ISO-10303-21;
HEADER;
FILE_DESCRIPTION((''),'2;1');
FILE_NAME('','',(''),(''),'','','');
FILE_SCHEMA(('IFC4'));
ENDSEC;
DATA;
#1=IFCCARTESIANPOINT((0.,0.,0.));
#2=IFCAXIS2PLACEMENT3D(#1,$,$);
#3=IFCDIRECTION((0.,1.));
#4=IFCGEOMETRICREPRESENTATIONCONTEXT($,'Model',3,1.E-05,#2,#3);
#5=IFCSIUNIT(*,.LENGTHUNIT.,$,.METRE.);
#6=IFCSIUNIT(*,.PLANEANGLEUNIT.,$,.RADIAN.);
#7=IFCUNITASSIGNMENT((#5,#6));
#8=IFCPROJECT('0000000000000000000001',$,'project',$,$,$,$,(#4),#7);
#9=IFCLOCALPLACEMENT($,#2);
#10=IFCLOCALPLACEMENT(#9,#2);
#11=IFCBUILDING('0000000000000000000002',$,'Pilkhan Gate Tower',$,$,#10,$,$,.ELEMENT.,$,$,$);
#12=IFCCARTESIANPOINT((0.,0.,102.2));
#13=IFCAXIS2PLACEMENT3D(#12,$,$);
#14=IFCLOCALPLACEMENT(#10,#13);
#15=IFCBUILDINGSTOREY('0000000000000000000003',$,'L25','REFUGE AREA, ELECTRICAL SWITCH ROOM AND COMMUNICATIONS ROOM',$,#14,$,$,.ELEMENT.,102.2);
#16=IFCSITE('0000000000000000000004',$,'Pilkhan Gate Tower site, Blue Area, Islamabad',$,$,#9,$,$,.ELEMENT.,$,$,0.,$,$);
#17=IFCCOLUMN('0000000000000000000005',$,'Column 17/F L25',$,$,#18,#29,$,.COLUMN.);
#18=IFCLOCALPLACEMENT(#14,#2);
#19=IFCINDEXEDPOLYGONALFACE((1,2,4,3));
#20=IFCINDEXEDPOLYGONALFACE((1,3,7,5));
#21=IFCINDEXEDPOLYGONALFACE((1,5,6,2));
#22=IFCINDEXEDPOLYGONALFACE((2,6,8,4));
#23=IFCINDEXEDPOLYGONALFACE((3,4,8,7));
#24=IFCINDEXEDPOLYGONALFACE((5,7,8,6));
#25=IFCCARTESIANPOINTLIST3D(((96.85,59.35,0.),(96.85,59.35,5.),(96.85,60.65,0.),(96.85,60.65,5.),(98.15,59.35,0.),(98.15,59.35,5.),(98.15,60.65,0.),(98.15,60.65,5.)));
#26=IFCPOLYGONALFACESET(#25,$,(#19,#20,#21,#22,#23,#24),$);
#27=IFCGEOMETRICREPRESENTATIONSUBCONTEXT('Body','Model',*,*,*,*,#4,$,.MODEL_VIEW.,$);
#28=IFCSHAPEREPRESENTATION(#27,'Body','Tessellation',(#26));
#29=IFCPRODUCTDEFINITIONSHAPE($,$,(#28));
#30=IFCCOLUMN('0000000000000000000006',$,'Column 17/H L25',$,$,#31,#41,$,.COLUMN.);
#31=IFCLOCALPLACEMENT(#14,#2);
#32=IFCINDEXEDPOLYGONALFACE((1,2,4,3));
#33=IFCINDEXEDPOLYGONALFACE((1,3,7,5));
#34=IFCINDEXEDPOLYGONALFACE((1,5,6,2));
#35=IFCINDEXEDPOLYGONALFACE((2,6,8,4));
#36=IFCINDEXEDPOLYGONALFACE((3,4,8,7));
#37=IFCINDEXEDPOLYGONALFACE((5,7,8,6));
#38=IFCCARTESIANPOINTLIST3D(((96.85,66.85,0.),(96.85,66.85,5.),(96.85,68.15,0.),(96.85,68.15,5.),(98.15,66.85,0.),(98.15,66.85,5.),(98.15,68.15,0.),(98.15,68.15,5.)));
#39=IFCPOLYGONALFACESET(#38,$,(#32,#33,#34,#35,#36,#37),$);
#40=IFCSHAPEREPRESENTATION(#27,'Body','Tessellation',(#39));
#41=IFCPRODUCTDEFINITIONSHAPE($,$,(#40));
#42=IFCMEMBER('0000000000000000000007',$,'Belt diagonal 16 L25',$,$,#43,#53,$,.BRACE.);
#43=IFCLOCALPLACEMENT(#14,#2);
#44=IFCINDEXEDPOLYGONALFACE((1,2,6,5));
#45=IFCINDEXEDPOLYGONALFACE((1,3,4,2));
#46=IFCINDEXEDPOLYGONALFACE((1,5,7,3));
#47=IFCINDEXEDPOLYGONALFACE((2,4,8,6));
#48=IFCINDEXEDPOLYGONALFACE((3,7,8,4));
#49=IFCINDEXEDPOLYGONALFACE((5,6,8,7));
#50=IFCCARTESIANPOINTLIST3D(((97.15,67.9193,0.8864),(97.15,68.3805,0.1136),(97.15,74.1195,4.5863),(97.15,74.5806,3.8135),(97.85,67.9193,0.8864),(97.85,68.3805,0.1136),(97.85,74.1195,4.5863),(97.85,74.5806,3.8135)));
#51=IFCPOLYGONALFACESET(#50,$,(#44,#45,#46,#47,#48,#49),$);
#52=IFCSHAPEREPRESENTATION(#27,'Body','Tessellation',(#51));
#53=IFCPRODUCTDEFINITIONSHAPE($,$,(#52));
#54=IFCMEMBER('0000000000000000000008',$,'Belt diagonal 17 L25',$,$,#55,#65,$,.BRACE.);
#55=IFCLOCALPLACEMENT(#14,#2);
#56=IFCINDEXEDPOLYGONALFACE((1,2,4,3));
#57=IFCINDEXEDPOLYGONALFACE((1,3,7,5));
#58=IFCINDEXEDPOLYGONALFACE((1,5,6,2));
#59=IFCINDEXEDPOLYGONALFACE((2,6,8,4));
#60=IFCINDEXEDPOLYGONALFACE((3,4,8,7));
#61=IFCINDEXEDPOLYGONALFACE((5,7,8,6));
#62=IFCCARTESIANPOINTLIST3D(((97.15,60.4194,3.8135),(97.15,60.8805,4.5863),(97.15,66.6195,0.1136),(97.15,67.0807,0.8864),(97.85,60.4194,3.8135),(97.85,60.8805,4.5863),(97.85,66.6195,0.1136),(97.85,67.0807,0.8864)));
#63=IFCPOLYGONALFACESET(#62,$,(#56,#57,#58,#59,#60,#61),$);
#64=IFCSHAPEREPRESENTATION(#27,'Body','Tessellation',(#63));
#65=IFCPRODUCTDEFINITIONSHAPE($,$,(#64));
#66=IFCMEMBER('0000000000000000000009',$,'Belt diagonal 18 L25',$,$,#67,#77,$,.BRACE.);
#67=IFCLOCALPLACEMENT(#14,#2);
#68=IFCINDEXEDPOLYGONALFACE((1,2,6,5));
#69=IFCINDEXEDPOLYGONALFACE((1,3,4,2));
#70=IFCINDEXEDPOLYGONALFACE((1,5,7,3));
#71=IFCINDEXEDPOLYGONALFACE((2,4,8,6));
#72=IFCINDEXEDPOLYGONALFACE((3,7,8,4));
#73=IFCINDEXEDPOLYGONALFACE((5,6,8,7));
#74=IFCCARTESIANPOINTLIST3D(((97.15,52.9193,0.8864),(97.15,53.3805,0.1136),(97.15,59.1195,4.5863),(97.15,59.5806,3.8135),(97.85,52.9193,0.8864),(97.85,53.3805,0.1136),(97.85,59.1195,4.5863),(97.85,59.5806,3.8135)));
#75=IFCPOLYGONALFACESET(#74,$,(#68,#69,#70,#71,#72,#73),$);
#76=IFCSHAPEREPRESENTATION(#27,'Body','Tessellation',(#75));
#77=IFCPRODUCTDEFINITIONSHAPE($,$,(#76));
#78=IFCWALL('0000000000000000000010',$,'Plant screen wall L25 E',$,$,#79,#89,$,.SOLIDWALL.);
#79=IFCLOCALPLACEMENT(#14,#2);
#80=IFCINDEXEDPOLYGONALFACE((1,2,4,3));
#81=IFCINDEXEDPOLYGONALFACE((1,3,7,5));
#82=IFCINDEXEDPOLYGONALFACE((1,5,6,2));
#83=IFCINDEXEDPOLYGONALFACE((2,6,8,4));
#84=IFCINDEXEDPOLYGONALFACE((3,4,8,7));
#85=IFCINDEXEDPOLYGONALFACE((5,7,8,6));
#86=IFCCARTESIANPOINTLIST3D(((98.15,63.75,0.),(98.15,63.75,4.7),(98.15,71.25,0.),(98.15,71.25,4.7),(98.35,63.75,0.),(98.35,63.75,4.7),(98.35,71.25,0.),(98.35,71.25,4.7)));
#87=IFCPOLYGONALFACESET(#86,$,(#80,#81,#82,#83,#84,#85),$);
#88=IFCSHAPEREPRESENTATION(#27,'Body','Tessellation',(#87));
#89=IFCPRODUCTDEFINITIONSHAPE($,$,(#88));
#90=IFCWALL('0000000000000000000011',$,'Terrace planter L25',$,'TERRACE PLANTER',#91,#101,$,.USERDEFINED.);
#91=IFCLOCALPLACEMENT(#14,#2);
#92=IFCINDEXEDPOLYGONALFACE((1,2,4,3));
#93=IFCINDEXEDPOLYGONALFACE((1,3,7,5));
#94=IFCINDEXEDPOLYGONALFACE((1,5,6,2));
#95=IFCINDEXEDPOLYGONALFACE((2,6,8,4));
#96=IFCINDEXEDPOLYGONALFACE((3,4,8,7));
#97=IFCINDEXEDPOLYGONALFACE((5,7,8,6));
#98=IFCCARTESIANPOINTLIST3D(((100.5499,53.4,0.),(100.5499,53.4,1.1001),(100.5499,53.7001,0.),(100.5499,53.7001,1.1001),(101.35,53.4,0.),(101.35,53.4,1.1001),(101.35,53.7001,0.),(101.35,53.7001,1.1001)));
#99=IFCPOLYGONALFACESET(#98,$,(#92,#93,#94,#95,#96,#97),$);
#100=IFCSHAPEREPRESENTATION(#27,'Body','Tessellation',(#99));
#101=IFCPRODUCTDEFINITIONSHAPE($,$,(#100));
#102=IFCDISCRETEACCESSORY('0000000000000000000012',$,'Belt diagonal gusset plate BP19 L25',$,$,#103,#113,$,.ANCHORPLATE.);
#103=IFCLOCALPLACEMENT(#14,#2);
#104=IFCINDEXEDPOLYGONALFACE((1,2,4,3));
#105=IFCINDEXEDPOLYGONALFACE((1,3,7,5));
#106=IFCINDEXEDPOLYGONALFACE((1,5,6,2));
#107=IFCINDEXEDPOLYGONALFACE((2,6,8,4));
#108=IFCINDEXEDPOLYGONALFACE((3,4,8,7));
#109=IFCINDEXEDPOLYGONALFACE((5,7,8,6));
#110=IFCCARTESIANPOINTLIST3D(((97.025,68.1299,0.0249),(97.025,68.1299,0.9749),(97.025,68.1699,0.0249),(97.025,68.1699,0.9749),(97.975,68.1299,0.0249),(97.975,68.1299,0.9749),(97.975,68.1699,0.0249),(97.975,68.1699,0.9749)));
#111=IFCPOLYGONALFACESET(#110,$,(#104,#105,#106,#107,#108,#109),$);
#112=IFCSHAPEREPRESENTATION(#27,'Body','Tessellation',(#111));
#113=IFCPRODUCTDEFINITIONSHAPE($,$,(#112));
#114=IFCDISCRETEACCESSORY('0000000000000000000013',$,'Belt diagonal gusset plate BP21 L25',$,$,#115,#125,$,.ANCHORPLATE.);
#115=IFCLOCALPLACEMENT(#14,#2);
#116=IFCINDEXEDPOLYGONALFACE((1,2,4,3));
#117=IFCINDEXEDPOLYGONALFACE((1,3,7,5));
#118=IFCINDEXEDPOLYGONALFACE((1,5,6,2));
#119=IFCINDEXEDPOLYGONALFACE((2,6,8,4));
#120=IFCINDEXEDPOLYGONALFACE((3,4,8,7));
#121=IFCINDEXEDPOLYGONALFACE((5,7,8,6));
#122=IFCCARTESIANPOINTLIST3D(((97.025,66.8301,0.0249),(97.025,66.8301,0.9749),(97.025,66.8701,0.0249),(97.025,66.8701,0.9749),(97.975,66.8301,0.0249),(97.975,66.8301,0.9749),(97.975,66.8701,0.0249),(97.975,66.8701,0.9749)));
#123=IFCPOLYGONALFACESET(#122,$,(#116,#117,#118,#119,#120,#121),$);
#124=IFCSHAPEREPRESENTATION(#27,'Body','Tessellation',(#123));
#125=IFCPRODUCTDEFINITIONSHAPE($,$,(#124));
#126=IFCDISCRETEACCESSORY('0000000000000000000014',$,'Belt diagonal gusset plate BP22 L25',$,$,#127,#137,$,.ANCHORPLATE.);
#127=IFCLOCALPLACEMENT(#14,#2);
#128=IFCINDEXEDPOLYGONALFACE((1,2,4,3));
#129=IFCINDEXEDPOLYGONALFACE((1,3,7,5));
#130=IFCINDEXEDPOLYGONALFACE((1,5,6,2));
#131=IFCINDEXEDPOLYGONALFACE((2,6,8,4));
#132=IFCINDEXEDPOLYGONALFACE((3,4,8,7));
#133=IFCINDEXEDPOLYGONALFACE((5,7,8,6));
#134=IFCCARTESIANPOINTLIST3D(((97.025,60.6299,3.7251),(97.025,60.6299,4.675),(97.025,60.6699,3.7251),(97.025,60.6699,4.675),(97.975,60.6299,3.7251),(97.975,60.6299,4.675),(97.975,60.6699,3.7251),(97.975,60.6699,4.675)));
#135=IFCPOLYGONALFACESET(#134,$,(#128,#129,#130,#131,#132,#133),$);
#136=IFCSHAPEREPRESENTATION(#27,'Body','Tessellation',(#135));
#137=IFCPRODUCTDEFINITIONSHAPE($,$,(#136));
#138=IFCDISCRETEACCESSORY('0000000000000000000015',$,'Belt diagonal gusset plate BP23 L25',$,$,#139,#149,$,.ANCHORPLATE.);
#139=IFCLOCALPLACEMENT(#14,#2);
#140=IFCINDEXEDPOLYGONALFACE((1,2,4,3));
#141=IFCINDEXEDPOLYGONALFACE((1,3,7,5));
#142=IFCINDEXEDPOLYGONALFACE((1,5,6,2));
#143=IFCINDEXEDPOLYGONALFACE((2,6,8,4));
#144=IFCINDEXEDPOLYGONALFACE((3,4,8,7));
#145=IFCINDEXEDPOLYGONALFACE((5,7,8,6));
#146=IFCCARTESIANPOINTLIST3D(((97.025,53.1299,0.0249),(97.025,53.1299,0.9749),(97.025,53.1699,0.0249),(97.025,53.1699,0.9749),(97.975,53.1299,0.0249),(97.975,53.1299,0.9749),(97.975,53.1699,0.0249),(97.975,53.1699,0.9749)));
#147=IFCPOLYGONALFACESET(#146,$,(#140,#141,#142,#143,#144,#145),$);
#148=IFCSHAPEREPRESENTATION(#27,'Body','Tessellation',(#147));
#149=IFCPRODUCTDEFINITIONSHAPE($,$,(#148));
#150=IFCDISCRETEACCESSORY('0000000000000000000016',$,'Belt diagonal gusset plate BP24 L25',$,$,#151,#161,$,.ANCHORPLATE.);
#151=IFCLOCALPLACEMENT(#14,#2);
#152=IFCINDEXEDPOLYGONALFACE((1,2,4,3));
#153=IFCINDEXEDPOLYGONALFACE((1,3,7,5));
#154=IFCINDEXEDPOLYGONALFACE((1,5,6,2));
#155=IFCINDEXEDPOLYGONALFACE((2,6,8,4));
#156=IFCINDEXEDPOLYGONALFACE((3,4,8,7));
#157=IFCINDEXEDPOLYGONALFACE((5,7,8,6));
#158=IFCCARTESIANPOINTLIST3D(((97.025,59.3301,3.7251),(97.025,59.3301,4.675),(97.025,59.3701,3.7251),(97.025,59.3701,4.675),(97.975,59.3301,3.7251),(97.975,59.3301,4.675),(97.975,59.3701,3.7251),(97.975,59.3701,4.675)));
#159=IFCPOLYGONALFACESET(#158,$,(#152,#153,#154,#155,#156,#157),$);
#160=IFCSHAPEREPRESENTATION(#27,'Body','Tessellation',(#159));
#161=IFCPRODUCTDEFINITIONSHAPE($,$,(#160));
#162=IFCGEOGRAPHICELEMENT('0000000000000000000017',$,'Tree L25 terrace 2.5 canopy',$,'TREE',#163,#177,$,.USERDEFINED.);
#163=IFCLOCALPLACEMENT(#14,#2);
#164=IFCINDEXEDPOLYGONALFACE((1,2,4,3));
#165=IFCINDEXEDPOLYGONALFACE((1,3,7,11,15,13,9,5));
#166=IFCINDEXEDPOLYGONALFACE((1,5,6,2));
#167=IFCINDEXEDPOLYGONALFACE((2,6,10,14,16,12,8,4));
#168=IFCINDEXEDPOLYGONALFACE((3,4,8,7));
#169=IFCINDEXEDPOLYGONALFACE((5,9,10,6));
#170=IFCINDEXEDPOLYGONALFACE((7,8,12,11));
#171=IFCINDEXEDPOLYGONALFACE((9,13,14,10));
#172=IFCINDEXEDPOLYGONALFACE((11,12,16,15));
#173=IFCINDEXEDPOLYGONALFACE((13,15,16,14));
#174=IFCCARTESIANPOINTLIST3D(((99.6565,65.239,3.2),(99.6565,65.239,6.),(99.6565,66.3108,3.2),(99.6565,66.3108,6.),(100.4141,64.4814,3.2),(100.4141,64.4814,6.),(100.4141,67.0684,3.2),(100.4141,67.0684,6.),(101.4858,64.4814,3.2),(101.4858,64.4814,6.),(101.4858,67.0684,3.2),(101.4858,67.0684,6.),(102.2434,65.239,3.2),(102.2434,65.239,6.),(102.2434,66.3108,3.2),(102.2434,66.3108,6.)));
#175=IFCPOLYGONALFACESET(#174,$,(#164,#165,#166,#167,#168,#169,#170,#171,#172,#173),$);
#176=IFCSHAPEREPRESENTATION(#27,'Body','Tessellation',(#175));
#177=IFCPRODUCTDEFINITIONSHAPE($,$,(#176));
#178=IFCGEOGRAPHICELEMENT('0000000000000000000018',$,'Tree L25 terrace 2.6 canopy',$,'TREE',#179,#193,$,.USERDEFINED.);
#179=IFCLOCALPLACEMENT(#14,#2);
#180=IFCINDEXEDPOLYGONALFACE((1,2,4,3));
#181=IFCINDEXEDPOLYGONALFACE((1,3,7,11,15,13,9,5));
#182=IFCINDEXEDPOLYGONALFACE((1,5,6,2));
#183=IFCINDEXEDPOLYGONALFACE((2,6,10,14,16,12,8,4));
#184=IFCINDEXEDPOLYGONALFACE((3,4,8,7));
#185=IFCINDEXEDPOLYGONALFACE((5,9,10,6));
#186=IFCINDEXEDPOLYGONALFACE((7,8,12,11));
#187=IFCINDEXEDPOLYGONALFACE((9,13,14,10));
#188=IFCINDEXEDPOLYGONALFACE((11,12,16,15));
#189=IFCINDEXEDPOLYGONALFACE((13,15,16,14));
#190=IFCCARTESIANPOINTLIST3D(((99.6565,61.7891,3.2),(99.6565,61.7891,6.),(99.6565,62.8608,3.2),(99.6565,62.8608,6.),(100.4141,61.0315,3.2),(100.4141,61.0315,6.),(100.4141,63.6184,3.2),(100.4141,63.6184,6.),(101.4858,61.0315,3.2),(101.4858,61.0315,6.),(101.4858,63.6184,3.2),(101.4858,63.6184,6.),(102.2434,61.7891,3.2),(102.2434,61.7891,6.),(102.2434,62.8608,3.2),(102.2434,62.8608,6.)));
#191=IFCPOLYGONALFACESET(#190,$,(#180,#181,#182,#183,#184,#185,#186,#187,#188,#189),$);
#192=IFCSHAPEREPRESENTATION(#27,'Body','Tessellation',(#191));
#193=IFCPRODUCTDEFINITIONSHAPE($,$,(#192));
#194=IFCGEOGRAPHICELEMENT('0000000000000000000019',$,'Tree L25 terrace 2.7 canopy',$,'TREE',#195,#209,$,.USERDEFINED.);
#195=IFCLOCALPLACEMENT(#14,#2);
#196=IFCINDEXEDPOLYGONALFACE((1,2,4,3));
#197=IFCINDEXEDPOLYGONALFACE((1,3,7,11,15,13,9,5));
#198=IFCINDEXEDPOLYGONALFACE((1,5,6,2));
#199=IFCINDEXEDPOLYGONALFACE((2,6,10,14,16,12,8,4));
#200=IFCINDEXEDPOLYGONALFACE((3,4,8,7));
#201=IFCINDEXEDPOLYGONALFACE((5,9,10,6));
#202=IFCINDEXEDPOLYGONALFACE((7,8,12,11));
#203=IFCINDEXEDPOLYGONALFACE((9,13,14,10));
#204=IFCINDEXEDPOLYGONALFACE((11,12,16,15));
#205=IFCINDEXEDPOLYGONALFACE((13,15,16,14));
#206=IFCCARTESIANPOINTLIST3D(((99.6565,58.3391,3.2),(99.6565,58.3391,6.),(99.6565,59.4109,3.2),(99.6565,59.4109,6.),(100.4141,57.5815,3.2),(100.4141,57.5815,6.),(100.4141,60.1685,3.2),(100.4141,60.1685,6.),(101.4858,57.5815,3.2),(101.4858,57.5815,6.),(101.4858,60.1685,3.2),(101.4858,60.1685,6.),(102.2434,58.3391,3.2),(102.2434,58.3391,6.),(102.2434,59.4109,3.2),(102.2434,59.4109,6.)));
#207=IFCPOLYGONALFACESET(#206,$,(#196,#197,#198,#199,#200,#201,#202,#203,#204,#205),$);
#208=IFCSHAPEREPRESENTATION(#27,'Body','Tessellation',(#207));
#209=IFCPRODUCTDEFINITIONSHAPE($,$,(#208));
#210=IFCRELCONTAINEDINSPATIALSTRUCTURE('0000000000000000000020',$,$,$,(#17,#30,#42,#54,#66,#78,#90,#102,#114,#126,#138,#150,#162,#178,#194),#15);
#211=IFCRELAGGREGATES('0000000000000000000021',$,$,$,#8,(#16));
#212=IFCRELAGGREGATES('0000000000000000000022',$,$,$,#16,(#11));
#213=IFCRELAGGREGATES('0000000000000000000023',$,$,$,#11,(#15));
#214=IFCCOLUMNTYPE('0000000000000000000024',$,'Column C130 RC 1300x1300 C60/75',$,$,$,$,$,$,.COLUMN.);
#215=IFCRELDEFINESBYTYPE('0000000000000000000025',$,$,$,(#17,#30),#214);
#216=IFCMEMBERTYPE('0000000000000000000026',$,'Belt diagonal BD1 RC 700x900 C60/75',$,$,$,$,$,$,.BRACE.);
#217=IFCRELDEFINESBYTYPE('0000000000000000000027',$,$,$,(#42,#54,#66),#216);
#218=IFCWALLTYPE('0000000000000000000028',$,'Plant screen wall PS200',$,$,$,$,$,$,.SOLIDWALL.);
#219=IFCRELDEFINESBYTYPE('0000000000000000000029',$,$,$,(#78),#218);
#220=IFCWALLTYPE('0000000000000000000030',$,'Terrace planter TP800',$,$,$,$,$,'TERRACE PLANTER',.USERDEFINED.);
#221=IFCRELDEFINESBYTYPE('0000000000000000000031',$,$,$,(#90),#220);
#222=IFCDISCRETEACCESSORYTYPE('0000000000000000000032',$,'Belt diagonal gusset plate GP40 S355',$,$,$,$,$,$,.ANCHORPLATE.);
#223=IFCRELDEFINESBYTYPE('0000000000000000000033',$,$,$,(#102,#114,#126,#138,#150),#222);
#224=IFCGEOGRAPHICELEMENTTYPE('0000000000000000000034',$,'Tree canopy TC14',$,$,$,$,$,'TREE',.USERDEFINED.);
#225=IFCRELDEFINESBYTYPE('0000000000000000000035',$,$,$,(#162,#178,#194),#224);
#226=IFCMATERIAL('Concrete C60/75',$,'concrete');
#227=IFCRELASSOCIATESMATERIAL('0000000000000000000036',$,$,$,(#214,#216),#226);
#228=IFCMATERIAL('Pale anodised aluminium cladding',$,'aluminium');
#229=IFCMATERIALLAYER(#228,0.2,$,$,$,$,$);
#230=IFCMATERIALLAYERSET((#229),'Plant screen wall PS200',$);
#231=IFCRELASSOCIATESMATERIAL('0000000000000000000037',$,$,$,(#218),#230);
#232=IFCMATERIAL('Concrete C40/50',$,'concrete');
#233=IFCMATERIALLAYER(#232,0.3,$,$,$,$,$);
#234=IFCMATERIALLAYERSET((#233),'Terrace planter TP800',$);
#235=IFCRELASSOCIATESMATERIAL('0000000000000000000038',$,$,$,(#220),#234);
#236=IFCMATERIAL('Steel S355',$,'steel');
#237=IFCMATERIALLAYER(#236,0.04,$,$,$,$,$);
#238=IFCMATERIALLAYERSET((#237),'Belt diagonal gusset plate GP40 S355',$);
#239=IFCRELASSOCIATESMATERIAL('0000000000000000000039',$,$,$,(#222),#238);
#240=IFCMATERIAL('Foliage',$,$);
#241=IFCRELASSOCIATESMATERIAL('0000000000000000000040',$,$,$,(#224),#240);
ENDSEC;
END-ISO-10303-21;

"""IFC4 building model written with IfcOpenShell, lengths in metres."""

from ifc_helpers import new_model, si_unit, direction, frame, frame_2d, origin, origin_2d, place, context, subcontext, project, spatial, polyline, rectangle, outline, extrude, material, layer, layer_set, material_profile, profile_set, type_object, element, save


model = new_model("IFC4")

# Units and contexts
model_context = context("Model", 3, precision=1e-05, world=origin(), true_north=direction((0.0, 1.0)))
body_context = subcontext(model_context, "Body", "Model", "MODEL_VIEW")
ifc_project = project(units=[si_unit("LENGTHUNIT", "METRE"), si_unit("PLANEANGLEUNIT", "RADIAN")], contexts=[model_context])

# Site, building, storey
site_placement = place(None, origin())
site = spatial("IfcSite", under=ifc_project, at=site_placement, Name="Pilkhan Gate Tower site, Blue Area, Islamabad", CompositionType="ELEMENT", RefElevation=0.0)
building_placement = place(site_placement, origin())
building = spatial("IfcBuilding", under=site, at=building_placement, Name="Pilkhan Gate Tower", CompositionType="ELEMENT")
storey_placement = place(building_placement, frame((0.0, 0.0, 102.2)))
storey = spatial("IfcBuildingStorey", under=building, at=storey_placement, Name="L25", Description="REFUGE AREA, ELECTRICAL SWITCH ROOM AND COMMUNICATIONS ROOM", CompositionType="ELEMENT", Elevation=102.2)

# Columns
ifc_material_1 = material(Name="Concrete C60/75", Category="concrete")
ifc_material_profile_1 = material_profile(ifc_material_1, rectangle(XDim=1.3, YDim=1.3, at=origin_2d()), Name="RC 1300x1300")
ifc_profile_set_1 = profile_set([ifc_material_profile_1], Name="Concrete C60/75")
column_type = type_object("IfcColumnType", Name="Column C130 RC 1300x1300 C60/75", PredefinedType="COLUMN", material=ifc_profile_set_1)
for number, where, z_axis, x_axis, name in (
    (1, (97.5, 60.0, 0.0), (0.0, 0.0, 1.0), (1.0, 0.0, 0.0), "Column 17/F L25"),
    (2, (97.5, 67.5, 0.0), (0.0, 0.0, 1.0), (1.0, 0.0, 0.0), "Column 17/H L25"),
):
    element("IfcColumn", number, at=place(storey_placement, frame(where, z_axis=z_axis, x_axis=x_axis)), inside=storey, type_object=column_type, Name=name, PredefinedType="COLUMN", context=body_context, shape_type="SweptSolid", body=[
        extrude(rectangle(XDim=1.3, YDim=1.3, at=origin_2d()), origin(), (0.0, 0.0, 1.0), 5.0),
    ])

# Members
ifc_material_profile_2 = material_profile(ifc_material_1, rectangle(XDim=0.7, YDim=0.8999, at=origin_2d()), Name="RC 700x900")
ifc_profile_set_2 = profile_set([ifc_material_profile_2], Name="Concrete C60/75")
member_type = type_object("IfcMemberType", Name="Belt diagonal BD1 RC 700x900 C60/75", PredefinedType="BRACE", material=ifc_profile_set_2)
for number, where, z_axis, x_axis, name in (
    (3, (97.5, 68.1499, 0.5), (0.0, 0.858723, 0.512441), (-1.0, 0.0, 0.0), "Belt diagonal 16 L25"),
    (4, (97.5, 66.8501, 0.5), (0.0, -0.858723, 0.512441), (1.0, 0.0, 0.0), "Belt diagonal 17 L25"),
    (5, (97.5, 53.1499, 0.5), (0.0, 0.858723, 0.512441), (-1.0, 0.0, 0.0), "Belt diagonal 18 L25"),
):
    element("IfcMember", number, at=place(storey_placement, frame(where, z_axis=z_axis, x_axis=x_axis)), inside=storey, type_object=member_type, Name=name, PredefinedType="BRACE", context=body_context, shape_type="SweptSolid", body=[
        extrude(rectangle(XDim=0.7, YDim=0.8999, at=origin_2d()), origin(), (0.0, 0.0, 1.0), 7.2202),
    ])

# Shared definitions
ifc_material_2 = material(Name="Pale anodised aluminium cladding", Category="aluminium")
ifc_layer_1 = layer(ifc_material_2, 0.2)
ifc_layer_set_1 = layer_set([ifc_layer_1], Name="Plant screen wall PS200")
wall_type_1 = type_object("IfcWallType", Name="Plant screen wall PS200", PredefinedType="SOLIDWALL", material=ifc_layer_set_1)

# Walls
wall_1_placement = place(storey_placement, frame((98.25, 63.75, 0.0), z_axis=(0.0, 0.0, 1.0), x_axis=(0.0, 1.0, 0.0)))
element("IfcWall", 6, at=wall_1_placement, inside=storey, type_object=wall_type_1, Name="Plant screen wall L25 E", PredefinedType="SOLIDWALL", context=body_context, shape_type="SweptSolid", body=[
    extrude(rectangle(XDim=7.5, YDim=0.2, at=frame_2d((3.75, 0.0))), origin(), (0.0, 0.0, 1.0), 4.7),
])
ifc_material_3 = material(Name="Concrete C40/50", Category="concrete")
ifc_layer_2 = layer(ifc_material_3, 0.3)
ifc_layer_set_2 = layer_set([ifc_layer_2], Name="Terrace planter TP800")
wall_type_2 = type_object("IfcWallType", Name="Terrace planter TP800", ElementType="TERRACE PLANTER", PredefinedType="USERDEFINED", material=ifc_layer_set_2)
wall_2_placement = place(storey_placement, frame((100.55, 53.55, 0.0), z_axis=(0.0, 0.0, 1.0), x_axis=(1.0, 0.0, 0.0)))
element("IfcWall", 7, at=wall_2_placement, inside=storey, type_object=wall_type_2, Name="Terrace planter L25", ObjectType="TERRACE PLANTER", PredefinedType="USERDEFINED", context=body_context, shape_type="SweptSolid", body=[
    extrude(rectangle(XDim=0.8, YDim=0.3, at=frame_2d((0.3999, 0.0))), origin(), (0.0, 0.0, 1.0), 1.1001),
])

# Discrete accessories
ifc_material_4 = material(Name="Steel S355", Category="steel")
ifc_layer_3 = layer(ifc_material_4, 0.04)
ifc_layer_set_3 = layer_set([ifc_layer_3], Name="Belt diagonal gusset plate GP40 S355")
discrete_accessory_type = type_object("IfcDiscreteAccessoryType", Name="Belt diagonal gusset plate GP40 S355", PredefinedType="ANCHORPLATE", material=ifc_layer_set_3)
for number, where, z_axis, x_axis, name in (
    (8, (97.5, 68.1499, 0.0249), (0.0, 0.0, 1.0), (0.0, 1.0, 0.0), "Belt diagonal gusset plate BP19 L25"),
    (9, (97.5, 66.8501, 0.0249), (0.0, 0.0, 1.0), (0.0, 1.0, 0.0), "Belt diagonal gusset plate BP21 L25"),
    (10, (97.5, 60.6499, 3.7251), (0.0, 0.0, 1.0), (0.0, 1.0, 0.0), "Belt diagonal gusset plate BP22 L25"),
    (11, (97.5, 53.1499, 0.0249), (0.0, 0.0, 1.0), (0.0, 1.0, 0.0), "Belt diagonal gusset plate BP23 L25"),
    (12, (97.5, 59.3501, 3.7251), (0.0, 0.0, 1.0), (0.0, 1.0, 0.0), "Belt diagonal gusset plate BP24 L25"),
):
    element("IfcDiscreteAccessory", number, at=place(storey_placement, frame(where, z_axis=z_axis, x_axis=x_axis)), inside=storey, type_object=discrete_accessory_type, Name=name, PredefinedType="ANCHORPLATE", context=body_context, shape_type="SweptSolid", body=[
        extrude(rectangle(XDim=0.04, YDim=0.95, at=origin_2d()), origin(), (0.0, 0.0, 1.0), 0.95),
    ])

# Geographic elements
ifc_material_5 = material(Name="Foliage")
ifc_material_profile_3 = material_profile(ifc_material_5, outline(polyline([(1.2935, 0.5359), (0.5359, 1.2935), (-0.5359, 1.2935), (-1.2935, 0.5359), (-1.2935, -0.5359), (-0.5359, -1.2935), (0.5359, -1.2935), (1.2935, -0.5359), (1.2935, 0.5359)])), Name="Canopy D2.8")
ifc_profile_set_3 = profile_set([ifc_material_profile_3], Name="Foliage")
geographic_element_type_1 = type_object("IfcGeographicElementType", Name="Tree canopy TC14", ElementType="TREE", PredefinedType="USERDEFINED", material=ifc_profile_set_3)
for number, where, z_axis, x_axis, name in (
    (13, (100.95, 65.7749, 3.2), (0.0, 0.0, 1.0), (1.0, 0.0, 0.0), "Tree L25 terrace 2.5 canopy"),
    (14, (100.95, 62.325, 3.2), (0.0, 0.0, 1.0), (1.0, 0.0, 0.0), "Tree L25 terrace 2.6 canopy"),
    (15, (100.95, 58.875, 3.2), (0.0, 0.0, 1.0), (1.0, 0.0, 0.0), "Tree L25 terrace 2.7 canopy"),
):
    element("IfcGeographicElement", number, at=place(storey_placement, frame(where, z_axis=z_axis, x_axis=x_axis)), inside=storey, type_object=geographic_element_type_1, Name=name, ObjectType="TREE", PredefinedType="USERDEFINED", context=body_context, shape_type="SweptSolid", body=[
        extrude(outline(polyline([(1.2935, 0.5359), (0.5359, 1.2935), (-0.5359, 1.2935), (-1.2935, 0.5359), (-1.2935, -0.5359), (-0.5359, -1.2935), (0.5359, -1.2935), (1.2935, -0.5359), (1.2935, 0.5359)])), origin(), (0.0, 0.0, 1.0), 2.8),
    ])

save(model, "model.ifc")
